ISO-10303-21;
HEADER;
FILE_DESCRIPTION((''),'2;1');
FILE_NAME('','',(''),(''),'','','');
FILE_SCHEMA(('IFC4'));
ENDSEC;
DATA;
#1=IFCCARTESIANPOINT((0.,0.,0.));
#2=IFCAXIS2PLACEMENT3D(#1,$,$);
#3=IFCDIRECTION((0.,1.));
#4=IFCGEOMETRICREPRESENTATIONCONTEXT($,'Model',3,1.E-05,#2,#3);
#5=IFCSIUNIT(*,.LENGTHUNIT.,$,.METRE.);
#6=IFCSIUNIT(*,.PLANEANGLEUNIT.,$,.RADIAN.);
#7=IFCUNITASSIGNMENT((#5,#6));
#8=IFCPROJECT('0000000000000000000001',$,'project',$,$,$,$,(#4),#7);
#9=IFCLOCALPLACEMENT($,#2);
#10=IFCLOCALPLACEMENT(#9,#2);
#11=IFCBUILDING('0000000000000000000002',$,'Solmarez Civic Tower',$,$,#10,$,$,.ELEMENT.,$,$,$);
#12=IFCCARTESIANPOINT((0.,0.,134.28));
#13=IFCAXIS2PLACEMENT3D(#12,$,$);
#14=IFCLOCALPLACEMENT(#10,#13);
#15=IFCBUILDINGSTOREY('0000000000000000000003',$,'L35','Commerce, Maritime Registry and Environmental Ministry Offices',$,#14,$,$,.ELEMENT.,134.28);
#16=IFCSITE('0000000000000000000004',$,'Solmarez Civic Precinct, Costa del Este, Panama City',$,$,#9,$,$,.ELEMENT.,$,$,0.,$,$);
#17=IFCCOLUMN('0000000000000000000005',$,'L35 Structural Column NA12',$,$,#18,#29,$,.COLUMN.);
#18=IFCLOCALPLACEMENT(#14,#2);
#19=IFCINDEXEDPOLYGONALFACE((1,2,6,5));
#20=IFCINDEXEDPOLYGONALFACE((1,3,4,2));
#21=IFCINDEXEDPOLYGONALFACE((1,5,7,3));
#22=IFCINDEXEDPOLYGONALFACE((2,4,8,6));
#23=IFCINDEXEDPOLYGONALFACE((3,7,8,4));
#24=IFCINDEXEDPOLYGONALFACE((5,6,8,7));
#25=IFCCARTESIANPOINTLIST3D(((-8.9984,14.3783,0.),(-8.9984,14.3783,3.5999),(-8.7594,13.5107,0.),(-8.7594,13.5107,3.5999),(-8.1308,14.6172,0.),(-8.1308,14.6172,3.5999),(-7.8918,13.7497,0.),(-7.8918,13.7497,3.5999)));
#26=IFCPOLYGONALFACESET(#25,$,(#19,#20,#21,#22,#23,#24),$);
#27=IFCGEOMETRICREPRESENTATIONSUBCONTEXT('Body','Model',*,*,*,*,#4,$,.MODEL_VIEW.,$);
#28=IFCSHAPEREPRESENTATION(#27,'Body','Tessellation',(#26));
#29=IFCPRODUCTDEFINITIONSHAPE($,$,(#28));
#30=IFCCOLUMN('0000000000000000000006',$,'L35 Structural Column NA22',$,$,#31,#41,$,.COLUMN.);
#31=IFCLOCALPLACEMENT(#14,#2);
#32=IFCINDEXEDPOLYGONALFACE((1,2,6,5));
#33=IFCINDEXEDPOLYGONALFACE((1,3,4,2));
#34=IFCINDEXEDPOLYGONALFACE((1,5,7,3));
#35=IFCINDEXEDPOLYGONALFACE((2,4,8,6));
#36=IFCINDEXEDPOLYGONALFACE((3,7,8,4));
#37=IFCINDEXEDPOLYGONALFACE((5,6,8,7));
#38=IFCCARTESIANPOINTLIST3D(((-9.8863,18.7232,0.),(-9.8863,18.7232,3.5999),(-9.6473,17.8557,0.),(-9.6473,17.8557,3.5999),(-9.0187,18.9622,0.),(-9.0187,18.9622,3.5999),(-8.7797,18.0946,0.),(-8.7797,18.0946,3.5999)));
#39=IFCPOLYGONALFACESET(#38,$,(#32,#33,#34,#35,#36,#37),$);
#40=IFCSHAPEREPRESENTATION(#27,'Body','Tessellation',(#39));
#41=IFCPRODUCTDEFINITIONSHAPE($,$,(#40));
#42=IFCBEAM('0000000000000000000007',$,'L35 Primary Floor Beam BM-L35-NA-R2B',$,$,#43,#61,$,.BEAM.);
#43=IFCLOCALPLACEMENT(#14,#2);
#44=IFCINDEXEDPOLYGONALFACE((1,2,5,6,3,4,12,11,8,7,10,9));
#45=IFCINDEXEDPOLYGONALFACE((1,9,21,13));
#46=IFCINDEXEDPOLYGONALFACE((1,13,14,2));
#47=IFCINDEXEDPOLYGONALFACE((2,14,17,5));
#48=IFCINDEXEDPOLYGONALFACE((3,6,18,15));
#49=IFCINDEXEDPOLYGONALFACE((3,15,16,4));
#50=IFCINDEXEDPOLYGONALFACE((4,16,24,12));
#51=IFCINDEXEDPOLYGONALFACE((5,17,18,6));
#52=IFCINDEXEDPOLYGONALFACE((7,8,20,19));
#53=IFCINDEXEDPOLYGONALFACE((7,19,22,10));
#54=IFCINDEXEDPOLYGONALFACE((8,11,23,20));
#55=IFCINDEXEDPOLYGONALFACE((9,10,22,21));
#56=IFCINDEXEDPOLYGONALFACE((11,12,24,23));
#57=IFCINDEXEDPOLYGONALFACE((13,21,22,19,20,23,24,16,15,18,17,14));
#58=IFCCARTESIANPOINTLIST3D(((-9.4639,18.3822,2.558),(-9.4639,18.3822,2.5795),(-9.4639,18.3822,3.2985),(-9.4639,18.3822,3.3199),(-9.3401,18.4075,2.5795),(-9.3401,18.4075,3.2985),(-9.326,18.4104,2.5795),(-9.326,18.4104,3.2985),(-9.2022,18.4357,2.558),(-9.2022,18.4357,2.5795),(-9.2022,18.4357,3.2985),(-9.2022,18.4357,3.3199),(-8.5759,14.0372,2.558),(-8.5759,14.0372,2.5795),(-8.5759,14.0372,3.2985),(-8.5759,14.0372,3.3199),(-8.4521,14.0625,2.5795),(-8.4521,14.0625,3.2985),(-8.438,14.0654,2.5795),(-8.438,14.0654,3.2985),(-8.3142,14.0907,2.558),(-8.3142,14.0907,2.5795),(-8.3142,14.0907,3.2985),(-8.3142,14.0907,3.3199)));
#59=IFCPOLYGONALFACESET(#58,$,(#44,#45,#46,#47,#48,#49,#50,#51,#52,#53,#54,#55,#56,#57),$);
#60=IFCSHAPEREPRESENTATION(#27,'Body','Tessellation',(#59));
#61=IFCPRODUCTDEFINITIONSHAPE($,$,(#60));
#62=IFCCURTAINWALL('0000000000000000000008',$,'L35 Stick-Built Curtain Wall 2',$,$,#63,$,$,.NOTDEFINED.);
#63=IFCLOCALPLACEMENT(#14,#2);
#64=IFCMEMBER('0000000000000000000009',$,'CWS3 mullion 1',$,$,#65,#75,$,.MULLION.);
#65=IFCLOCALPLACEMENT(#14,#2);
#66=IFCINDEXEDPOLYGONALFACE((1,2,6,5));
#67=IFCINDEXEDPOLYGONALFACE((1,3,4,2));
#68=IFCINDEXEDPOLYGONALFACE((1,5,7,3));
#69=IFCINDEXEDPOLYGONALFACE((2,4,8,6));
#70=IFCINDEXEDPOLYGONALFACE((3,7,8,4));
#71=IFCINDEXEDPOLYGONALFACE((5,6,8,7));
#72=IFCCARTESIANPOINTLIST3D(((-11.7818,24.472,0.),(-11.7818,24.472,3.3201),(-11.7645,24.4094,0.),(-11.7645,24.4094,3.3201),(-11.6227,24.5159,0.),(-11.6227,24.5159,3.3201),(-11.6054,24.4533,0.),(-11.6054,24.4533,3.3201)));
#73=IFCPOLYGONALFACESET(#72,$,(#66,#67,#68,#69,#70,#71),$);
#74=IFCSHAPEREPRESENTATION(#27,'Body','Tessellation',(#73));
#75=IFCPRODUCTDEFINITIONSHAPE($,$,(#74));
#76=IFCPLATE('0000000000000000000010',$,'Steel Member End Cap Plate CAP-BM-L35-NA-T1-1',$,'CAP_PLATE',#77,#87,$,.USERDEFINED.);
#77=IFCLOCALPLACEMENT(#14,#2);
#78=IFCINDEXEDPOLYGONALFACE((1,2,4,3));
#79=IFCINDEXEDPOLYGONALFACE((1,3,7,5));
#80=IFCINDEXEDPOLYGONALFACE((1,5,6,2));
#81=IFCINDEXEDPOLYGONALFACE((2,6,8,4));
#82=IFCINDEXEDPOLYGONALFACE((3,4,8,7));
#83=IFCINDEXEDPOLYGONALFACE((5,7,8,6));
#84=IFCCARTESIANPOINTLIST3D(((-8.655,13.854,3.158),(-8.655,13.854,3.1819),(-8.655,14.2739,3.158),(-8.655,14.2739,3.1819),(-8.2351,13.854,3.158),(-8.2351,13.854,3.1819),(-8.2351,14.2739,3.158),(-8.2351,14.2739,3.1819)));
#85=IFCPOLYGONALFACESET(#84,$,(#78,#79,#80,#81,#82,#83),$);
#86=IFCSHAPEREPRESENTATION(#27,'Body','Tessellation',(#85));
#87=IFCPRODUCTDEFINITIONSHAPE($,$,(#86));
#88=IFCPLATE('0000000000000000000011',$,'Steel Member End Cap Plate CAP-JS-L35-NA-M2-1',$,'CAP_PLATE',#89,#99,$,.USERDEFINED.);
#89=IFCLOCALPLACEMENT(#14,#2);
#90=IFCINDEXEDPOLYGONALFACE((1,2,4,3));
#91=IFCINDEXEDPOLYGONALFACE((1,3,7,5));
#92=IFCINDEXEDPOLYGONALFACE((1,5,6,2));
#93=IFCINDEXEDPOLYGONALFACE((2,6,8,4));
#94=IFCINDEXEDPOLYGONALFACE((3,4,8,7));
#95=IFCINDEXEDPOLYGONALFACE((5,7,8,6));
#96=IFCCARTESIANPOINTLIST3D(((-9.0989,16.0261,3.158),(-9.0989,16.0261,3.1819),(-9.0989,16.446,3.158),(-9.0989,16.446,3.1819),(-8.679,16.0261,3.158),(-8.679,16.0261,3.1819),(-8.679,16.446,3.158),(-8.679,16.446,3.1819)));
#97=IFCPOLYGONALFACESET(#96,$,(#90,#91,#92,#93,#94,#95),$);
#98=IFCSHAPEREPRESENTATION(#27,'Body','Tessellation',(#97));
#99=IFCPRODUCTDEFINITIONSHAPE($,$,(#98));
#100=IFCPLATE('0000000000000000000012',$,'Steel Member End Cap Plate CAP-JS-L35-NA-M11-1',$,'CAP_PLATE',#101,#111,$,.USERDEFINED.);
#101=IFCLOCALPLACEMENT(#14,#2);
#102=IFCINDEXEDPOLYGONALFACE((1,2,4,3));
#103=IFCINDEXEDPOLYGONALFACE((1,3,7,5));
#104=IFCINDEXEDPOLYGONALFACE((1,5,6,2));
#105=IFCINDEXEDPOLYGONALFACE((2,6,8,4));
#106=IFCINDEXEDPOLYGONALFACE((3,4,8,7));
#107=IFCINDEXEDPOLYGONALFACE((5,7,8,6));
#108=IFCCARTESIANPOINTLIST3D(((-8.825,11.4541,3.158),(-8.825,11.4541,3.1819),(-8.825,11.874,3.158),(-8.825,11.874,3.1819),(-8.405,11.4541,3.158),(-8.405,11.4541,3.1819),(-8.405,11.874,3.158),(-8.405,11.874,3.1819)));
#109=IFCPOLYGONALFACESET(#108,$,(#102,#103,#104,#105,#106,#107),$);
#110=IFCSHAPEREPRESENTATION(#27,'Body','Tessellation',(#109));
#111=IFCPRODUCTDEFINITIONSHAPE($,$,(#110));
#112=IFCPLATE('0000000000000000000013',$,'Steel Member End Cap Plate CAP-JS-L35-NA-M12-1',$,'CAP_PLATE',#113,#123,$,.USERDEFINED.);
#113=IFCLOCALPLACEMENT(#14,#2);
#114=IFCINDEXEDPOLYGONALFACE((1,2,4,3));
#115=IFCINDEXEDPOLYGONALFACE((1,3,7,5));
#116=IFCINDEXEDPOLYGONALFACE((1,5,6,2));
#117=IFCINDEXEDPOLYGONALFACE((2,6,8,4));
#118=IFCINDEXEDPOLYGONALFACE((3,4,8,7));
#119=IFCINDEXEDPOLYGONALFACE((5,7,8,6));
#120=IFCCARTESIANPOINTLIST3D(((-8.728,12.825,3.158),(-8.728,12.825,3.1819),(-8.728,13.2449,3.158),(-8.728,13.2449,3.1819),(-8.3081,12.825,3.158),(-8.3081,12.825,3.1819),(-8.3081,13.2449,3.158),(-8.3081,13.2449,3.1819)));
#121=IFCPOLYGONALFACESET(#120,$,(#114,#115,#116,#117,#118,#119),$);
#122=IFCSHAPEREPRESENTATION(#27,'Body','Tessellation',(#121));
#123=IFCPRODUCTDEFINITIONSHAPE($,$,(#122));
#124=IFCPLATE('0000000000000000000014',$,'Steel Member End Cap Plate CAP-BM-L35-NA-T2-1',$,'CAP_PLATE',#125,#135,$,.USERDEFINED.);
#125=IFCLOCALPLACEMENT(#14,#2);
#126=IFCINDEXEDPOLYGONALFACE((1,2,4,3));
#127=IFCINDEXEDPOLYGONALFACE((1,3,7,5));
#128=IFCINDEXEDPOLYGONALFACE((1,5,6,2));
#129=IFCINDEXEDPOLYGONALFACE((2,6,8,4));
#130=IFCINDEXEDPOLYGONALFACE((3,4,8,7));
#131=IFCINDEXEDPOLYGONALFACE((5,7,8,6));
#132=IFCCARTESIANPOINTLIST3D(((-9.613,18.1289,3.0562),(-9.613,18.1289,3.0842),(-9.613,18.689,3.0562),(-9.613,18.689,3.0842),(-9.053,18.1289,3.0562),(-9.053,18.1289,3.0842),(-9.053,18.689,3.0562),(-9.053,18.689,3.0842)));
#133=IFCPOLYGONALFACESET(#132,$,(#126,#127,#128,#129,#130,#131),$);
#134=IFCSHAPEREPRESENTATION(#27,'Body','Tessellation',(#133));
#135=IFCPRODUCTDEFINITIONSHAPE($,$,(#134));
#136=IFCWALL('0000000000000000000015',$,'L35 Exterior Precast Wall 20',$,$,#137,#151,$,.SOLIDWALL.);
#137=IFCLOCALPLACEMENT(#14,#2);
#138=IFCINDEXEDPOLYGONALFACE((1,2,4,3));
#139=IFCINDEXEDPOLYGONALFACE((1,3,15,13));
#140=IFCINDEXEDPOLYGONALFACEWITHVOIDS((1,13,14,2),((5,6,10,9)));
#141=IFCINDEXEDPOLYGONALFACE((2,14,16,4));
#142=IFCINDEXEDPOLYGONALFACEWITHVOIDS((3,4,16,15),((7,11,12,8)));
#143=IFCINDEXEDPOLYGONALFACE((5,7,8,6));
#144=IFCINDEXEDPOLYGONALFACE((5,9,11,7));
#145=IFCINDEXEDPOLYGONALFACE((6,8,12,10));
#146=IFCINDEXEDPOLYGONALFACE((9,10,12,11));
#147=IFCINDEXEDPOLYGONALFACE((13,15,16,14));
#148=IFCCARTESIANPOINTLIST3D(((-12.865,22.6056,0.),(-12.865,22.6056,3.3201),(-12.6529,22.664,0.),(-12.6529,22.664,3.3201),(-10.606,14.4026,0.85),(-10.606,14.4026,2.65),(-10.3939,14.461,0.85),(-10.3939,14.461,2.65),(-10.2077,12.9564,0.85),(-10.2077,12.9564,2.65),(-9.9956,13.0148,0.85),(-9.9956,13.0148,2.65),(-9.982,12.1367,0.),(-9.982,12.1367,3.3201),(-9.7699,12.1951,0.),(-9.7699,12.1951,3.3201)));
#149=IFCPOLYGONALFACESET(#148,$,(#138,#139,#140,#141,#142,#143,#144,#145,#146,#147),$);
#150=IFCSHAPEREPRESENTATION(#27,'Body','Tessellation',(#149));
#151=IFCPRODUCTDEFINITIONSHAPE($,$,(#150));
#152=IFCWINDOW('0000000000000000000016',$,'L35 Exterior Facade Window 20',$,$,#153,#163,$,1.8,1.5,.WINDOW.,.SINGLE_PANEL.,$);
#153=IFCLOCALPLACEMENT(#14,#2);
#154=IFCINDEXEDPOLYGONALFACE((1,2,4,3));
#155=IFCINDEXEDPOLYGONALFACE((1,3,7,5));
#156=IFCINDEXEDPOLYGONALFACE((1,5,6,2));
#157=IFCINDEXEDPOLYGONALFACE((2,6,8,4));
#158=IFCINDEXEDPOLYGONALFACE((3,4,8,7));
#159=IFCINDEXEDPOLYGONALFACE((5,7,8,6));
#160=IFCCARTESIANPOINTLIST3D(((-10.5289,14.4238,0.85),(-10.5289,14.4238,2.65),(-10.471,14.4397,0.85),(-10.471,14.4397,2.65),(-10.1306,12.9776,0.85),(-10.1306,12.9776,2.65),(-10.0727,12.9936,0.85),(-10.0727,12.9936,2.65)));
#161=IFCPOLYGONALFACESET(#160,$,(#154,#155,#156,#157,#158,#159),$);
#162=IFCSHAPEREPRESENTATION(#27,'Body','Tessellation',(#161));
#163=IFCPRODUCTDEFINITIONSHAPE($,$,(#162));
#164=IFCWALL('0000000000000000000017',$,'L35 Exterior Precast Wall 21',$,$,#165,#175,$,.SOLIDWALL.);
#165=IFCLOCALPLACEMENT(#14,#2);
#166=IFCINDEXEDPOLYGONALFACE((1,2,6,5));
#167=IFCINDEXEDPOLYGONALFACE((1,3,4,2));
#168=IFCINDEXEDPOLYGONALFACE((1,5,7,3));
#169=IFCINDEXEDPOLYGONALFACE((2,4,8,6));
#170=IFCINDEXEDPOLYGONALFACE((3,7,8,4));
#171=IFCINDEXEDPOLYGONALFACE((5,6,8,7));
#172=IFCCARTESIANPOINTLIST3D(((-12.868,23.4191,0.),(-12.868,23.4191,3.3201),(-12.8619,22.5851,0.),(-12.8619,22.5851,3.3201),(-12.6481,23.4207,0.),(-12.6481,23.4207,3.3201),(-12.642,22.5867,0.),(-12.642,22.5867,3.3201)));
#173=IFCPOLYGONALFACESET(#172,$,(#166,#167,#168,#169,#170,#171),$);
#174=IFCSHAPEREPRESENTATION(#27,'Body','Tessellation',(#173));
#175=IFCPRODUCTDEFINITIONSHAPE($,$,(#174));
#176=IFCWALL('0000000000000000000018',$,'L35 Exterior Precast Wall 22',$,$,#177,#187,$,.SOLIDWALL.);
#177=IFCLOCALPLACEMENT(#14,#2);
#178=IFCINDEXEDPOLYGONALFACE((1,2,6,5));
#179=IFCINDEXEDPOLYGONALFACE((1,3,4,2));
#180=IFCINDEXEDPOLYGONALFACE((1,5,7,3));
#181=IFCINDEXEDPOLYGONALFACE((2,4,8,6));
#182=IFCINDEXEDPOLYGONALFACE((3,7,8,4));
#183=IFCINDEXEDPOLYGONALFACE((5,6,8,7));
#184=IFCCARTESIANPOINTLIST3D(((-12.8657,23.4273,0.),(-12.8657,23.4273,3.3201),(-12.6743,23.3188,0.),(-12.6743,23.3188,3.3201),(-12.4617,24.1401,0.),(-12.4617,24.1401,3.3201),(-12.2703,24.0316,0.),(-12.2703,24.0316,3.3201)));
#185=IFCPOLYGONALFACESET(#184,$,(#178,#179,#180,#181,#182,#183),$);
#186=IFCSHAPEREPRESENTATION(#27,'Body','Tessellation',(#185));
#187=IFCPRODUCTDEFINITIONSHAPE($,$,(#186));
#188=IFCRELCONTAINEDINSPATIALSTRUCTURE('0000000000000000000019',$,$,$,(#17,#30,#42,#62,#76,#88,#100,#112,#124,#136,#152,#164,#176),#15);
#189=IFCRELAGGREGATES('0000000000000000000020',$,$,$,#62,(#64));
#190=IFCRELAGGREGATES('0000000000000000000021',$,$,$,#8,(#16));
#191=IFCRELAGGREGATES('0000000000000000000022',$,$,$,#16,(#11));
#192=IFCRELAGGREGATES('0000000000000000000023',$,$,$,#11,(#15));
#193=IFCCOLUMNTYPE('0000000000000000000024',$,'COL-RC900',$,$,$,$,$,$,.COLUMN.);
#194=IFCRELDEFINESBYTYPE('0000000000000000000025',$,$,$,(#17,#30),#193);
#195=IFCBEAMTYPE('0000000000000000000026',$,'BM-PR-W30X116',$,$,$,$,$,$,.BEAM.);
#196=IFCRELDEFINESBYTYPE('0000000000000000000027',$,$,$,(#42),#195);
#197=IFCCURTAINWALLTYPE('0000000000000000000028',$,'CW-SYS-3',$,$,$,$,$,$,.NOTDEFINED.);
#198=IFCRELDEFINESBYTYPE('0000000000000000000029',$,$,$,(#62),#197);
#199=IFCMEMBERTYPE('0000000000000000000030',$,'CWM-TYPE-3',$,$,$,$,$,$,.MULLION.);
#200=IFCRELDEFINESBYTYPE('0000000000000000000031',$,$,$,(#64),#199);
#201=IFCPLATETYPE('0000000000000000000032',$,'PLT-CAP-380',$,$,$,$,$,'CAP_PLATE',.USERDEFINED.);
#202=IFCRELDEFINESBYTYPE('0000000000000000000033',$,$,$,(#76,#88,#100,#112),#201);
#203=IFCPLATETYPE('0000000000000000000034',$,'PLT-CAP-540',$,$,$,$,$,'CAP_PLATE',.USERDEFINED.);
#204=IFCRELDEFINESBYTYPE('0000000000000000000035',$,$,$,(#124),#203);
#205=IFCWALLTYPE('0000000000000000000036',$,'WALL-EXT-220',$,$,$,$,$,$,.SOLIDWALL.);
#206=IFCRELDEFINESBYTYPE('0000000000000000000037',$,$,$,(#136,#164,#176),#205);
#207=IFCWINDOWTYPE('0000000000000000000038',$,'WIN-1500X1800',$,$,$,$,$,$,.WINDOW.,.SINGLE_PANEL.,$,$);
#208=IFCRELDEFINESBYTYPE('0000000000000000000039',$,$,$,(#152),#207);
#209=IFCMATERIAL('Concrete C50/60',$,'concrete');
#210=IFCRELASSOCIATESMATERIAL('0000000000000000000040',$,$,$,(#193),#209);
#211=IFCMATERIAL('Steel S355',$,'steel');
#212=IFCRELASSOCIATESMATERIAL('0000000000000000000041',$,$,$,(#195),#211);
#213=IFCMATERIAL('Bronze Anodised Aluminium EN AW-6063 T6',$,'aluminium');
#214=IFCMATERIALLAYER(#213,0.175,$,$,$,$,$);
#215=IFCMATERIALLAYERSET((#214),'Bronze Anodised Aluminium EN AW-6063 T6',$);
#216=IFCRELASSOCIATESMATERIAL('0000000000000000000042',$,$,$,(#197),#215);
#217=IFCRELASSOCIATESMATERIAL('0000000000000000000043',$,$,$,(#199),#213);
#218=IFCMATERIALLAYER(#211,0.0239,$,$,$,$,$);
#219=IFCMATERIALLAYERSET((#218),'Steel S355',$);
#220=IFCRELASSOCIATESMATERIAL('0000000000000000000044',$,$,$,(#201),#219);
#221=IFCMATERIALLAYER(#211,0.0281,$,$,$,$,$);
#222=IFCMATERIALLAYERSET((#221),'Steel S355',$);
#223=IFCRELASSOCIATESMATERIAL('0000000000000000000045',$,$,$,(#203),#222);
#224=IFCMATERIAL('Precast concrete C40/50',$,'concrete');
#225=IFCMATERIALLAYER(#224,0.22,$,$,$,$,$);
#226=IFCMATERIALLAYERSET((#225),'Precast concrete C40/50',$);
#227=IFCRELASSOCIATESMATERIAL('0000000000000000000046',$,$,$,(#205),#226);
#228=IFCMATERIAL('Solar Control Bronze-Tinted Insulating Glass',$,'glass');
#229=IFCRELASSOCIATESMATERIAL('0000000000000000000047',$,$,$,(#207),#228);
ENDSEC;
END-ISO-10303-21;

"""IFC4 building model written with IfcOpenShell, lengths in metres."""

from ifc_helpers import new_model, si_unit, direction, frame, frame_2d, origin, origin_2d, place, context, subcontext, project, spatial, rectangle, i_section, extrude, material, layer, layer_set, material_profile, profile_set, type_object, element, fill, aggregate, save


model = new_model("IFC4")

# Units and contexts
model_context = context("Model", 3, precision=1e-05, world=origin(), true_north=direction((0.0, 1.0)))
body_context = subcontext(model_context, "Body", "Model", "MODEL_VIEW")
ifc_project = project(units=[si_unit("LENGTHUNIT", "METRE"), si_unit("PLANEANGLEUNIT", "RADIAN")], contexts=[model_context])

# Site, building, storey
site_placement = place(None, origin())
site = spatial("IfcSite", under=ifc_project, at=site_placement, Name="Solmarez Civic Precinct, Costa del Este, Panama City", CompositionType="ELEMENT", RefElevation=0.0)
building_placement = place(site_placement, origin())
building = spatial("IfcBuilding", under=site, at=building_placement, Name="Solmarez Civic Tower", CompositionType="ELEMENT")
storey_placement = place(building_placement, frame((0.0, 0.0, 134.28)))
storey = spatial("IfcBuildingStorey", under=building, at=storey_placement, Name="L35", Description="Commerce, Maritime Registry and Environmental Ministry Offices", CompositionType="ELEMENT", Elevation=134.28)

# Columns
ifc_material_1 = material(Name="Concrete C50/60", Category="concrete")
ifc_material_profile_1 = material_profile(ifc_material_1, rectangle(XDim=0.8999, YDim=0.8999, at=origin_2d()), Name="RC900X900")
ifc_profile_set_1 = profile_set([ifc_material_profile_1], Name="Concrete C50/60")
column_type = type_object("IfcColumnType", Name="COL-RC900", PredefinedType="COLUMN", material=ifc_profile_set_1)
for number, where, z_axis, x_axis, name in (
    (1, (-8.4451, 14.064, 0.0), (0.0, 0.0, 1.0), (0.964095, 0.265556, 0.0), "L35 Structural Column NA12"),
    (2, (-9.333, 18.4089, 0.0), (0.0, 0.0, 1.0), (0.964095, 0.265556, 0.0), "L35 Structural Column NA22"),
):
    element("IfcColumn", number, at=place(storey_placement, frame(where, z_axis=z_axis, x_axis=x_axis)), inside=storey, type_object=column_type, Name=name, PredefinedType="COLUMN", context=body_context, shape_type="SweptSolid", body=[
        extrude(rectangle(XDim=0.8999, YDim=0.8999, at=origin_2d()), origin(), (0.0, 0.0, 1.0), 3.5999),
    ])

# Beam
ifc_material_2 = material(Name="Steel S355", Category="steel")
ifc_material_profile_2 = material_profile(ifc_material_2, i_section(OverallWidth=0.2671, OverallDepth=0.762, WebThickness=0.0144, FlangeThickness=0.0215, at=origin_2d()), Name="W30X116")
ifc_profile_set_2 = profile_set([ifc_material_profile_2], Name="Steel S355")
beam_type = type_object("IfcBeamType", Name="BM-PR-W30X116", PredefinedType="BEAM", material=ifc_profile_set_2)
beam_placement = place(storey_placement, frame((-8.4451, 14.064, 2.939), z_axis=(-0.200222, 0.979751, 0.0), x_axis=(-0.979751, -0.200222, 0.0)))
element("IfcBeam", 3, at=beam_placement, inside=storey, type_object=beam_type, Name="L35 Primary Floor Beam BM-L35-NA-R2B", PredefinedType="BEAM", context=body_context, shape_type="SweptSolid", body=[
    extrude(i_section(OverallWidth=0.2671, OverallDepth=0.762, WebThickness=0.0144, FlangeThickness=0.0215, at=origin_2d()), origin(), (0.0, 0.0, 1.0), 4.4348),
])

# Curtain wall, member
ifc_material_3 = material(Name="Bronze Anodised Aluminium EN AW-6063 T6", Category="aluminium")
ifc_layer_1 = layer(ifc_material_3, 0.175)
ifc_layer_set_1 = layer_set([ifc_layer_1], Name="Bronze Anodised Aluminium EN AW-6063 T6")
curtain_wall_type = type_object("IfcCurtainWallType", Name="CW-SYS-3", PredefinedType="NOTDEFINED", material=ifc_layer_set_1)
curtain_wall_placement = place(storey_placement, origin())
curtain_wall = element("IfcCurtainWall", 4, at=curtain_wall_placement, inside=storey, type_object=curtain_wall_type, Name="L35 Stick-Built Curtain Wall 2", PredefinedType="NOTDEFINED")
ifc_material_profile_3 = material_profile(ifc_material_3, rectangle(XDim=0.0649, YDim=0.165, at=origin_2d()), Name="CWM-65X165")
ifc_profile_set_3 = profile_set([ifc_material_profile_3], Name="Bronze Anodised Aluminium EN AW-6063 T6")
member_type = type_object("IfcMemberType", Name="CWM-TYPE-3", PredefinedType="MULLION", material=ifc_profile_set_3)
member_placement = place(storey_placement, frame((-11.6936, 24.4626, 0.0), z_axis=(0.0, 0.0, 1.0), x_axis=(-0.265598, 0.964084, 0.0)))
member = element("IfcMember", 5, at=member_placement, type_object=member_type, Name="CWS3 mullion 1", PredefinedType="MULLION", context=body_context, shape_type="SweptSolid", body=[
    extrude(rectangle(XDim=0.0649, YDim=0.165, at=origin_2d()), origin(), (0.0, 0.0, 1.0), 3.3201),
])
aggregate(curtain_wall, [member])

# Plates
ifc_layer_2 = layer(ifc_material_2, 0.0239)
ifc_layer_set_2 = layer_set([ifc_layer_2], Name="Steel S355")
plate_type_1 = type_object("IfcPlateType", Name="PLT-CAP-380", ElementType="CAP_PLATE", PredefinedType="USERDEFINED", material=ifc_layer_set_2)
for number, where, z_axis, x_axis, name in (
    (6, (-8.4451, 14.064, 3.158), (0.0, 0.0, 1.0), (1.0, 0.0, 0.0), "Steel Member End Cap Plate CAP-BM-L35-NA-T1-1"),
    (7, (-8.8889, 16.2361, 3.158), (0.0, 0.0, 1.0), (1.0, 0.0, 0.0), "Steel Member End Cap Plate CAP-JS-L35-NA-M2-1"),
    (8, (-8.615, 11.6641, 3.158), (0.0, 0.0, 1.0), (1.0, 0.0, 0.0), "Steel Member End Cap Plate CAP-JS-L35-NA-M11-1"),
    (9, (-8.5181, 13.0349, 3.158), (0.0, 0.0, 1.0), (1.0, 0.0, 0.0), "Steel Member End Cap Plate CAP-JS-L35-NA-M12-1"),
):
    element("IfcPlate", number, at=place(storey_placement, frame(where, z_axis=z_axis, x_axis=x_axis)), inside=storey, type_object=plate_type_1, Name=name, ObjectType="CAP_PLATE", PredefinedType="USERDEFINED", context=body_context, shape_type="SweptSolid", body=[
        extrude(rectangle(XDim=0.4199, YDim=0.4199, at=origin_2d()), origin(), (0.0, 0.0, 1.0), 0.0239),
    ])
ifc_layer_3 = layer(ifc_material_2, 0.0281)
ifc_layer_set_3 = layer_set([ifc_layer_3], Name="Steel S355")
plate_type_2 = type_object("IfcPlateType", Name="PLT-CAP-540", ElementType="CAP_PLATE", PredefinedType="USERDEFINED", material=ifc_layer_set_3)
plate_placement = place(storey_placement, frame((-9.333, 18.4089, 3.0562), z_axis=(0.0, 0.0, 1.0), x_axis=(1.0, 0.0, 0.0)))
element("IfcPlate", 10, at=plate_placement, inside=storey, type_object=plate_type_2, Name="Steel Member End Cap Plate CAP-BM-L35-NA-T2-1", ObjectType="CAP_PLATE", PredefinedType="USERDEFINED", context=body_context, shape_type="SweptSolid", body=[
    extrude(rectangle(XDim=0.5601, YDim=0.5601, at=origin_2d()), origin(), (0.0, 0.0, 1.0), 0.0281),
])

# Wall, opening, window
ifc_material_4 = material(Name="Precast concrete C40/50", Category="concrete")
ifc_layer_4 = layer(ifc_material_4, 0.22)
ifc_layer_set_4 = layer_set([ifc_layer_4], Name="Precast concrete C40/50")
wall_type_1 = type_object("IfcWallType", Name="WALL-EXT-220", PredefinedType="SOLIDWALL", material=ifc_layer_set_4)
wall_1_placement = place(storey_placement, frame((-9.876, 12.166, 0.0), z_axis=(0.0, 0.0, 1.0), x_axis=(-0.265506, 0.964109, 0.0)))
wall_1 = element("IfcWall", 11, at=wall_1_placement, inside=storey, type_object=wall_type_1, Name="L35 Exterior Precast Wall 20", PredefinedType="SOLIDWALL", context=body_context, shape_type="SweptSolid", body=[
    extrude(rectangle(XDim=10.8586, YDim=0.22, at=frame_2d((5.4292, 0.0))), origin(), (0.0, 0.0, 1.0), 3.3201),
])
opening_1_placement = place(wall_1_placement, frame((0.8501, 0.0, 0.8501)))
opening_1 = element("IfcOpeningElement", 12, at=opening_1_placement, cuts=wall_1, PredefinedType="OPENING", context=body_context, shape_type="SweptSolid", body=[
    extrude(rectangle(XDim=1.5, YDim=1.8, at=frame_2d((0.75, 0.8999))), frame((0.0, 0.1199, 0.0), z_axis=(0.0, -1.0, 0.0), x_axis=(1.0, 0.0, 0.0)), (0.0, 0.0, 1.0), 0.24),
])
ifc_material_5 = material(Name="Solar Control Bronze-Tinted Insulating Glass", Category="glass")
window_type = type_object("IfcWindowType", Name="WIN-1500X1800", PartitioningType="SINGLE_PANEL", PredefinedType="WINDOW", material=ifc_material_5)
window_placement = place(opening_1_placement, origin())
window = element("IfcWindow", 13, at=window_placement, inside=storey, type_object=window_type, Name="L35 Exterior Facade Window 20", OverallHeight=1.8, OverallWidth=1.5, PartitioningType="SINGLE_PANEL", PredefinedType="WINDOW", context=body_context, shape_type="SweptSolid", body=[
    extrude(rectangle(XDim=1.5, YDim=1.8, at=frame_2d((0.75, 0.8999))), frame((0.0, 0.03, 0.0), z_axis=(0.0, -1.0, 0.0), x_axis=(1.0, 0.0, 0.0)), (0.0, 0.0, 1.0), 0.0601),
])
fill(opening_1, window)

# Walls
wall_2_placement = place(storey_placement, frame((-12.752, 22.5859, 0.0), z_axis=(0.0, 0.0, 1.0), x_axis=(-0.007318, 0.999973, 0.0)))
element("IfcWall", 14, at=wall_2_placement, inside=storey, type_object=wall_type_1, Name="L35 Exterior Precast Wall 21", PredefinedType="SOLIDWALL", context=body_context, shape_type="SweptSolid", body=[
    extrude(rectangle(XDim=0.834, YDim=0.22, at=frame_2d((0.417, 0.0))), origin(), (0.0, 0.0, 1.0), 3.3201),
])
wall_3_placement = place(storey_placement, frame((-12.77, 23.373, 0.0), z_axis=(0.0, 0.0, 1.0), x_axis=(0.493088, 0.86998, 0.0)))
element("IfcWall", 15, at=wall_3_placement, inside=storey, type_object=wall_type_1, Name="L35 Exterior Precast Wall 22", PredefinedType="SOLIDWALL", context=body_context, shape_type="SweptSolid", body=[
    extrude(rectangle(XDim=0.8193, YDim=0.22, at=frame_2d((0.4097, 0.0))), origin(), (0.0, 0.0, 1.0), 3.3201),
])

save(model, "model.ifc")
